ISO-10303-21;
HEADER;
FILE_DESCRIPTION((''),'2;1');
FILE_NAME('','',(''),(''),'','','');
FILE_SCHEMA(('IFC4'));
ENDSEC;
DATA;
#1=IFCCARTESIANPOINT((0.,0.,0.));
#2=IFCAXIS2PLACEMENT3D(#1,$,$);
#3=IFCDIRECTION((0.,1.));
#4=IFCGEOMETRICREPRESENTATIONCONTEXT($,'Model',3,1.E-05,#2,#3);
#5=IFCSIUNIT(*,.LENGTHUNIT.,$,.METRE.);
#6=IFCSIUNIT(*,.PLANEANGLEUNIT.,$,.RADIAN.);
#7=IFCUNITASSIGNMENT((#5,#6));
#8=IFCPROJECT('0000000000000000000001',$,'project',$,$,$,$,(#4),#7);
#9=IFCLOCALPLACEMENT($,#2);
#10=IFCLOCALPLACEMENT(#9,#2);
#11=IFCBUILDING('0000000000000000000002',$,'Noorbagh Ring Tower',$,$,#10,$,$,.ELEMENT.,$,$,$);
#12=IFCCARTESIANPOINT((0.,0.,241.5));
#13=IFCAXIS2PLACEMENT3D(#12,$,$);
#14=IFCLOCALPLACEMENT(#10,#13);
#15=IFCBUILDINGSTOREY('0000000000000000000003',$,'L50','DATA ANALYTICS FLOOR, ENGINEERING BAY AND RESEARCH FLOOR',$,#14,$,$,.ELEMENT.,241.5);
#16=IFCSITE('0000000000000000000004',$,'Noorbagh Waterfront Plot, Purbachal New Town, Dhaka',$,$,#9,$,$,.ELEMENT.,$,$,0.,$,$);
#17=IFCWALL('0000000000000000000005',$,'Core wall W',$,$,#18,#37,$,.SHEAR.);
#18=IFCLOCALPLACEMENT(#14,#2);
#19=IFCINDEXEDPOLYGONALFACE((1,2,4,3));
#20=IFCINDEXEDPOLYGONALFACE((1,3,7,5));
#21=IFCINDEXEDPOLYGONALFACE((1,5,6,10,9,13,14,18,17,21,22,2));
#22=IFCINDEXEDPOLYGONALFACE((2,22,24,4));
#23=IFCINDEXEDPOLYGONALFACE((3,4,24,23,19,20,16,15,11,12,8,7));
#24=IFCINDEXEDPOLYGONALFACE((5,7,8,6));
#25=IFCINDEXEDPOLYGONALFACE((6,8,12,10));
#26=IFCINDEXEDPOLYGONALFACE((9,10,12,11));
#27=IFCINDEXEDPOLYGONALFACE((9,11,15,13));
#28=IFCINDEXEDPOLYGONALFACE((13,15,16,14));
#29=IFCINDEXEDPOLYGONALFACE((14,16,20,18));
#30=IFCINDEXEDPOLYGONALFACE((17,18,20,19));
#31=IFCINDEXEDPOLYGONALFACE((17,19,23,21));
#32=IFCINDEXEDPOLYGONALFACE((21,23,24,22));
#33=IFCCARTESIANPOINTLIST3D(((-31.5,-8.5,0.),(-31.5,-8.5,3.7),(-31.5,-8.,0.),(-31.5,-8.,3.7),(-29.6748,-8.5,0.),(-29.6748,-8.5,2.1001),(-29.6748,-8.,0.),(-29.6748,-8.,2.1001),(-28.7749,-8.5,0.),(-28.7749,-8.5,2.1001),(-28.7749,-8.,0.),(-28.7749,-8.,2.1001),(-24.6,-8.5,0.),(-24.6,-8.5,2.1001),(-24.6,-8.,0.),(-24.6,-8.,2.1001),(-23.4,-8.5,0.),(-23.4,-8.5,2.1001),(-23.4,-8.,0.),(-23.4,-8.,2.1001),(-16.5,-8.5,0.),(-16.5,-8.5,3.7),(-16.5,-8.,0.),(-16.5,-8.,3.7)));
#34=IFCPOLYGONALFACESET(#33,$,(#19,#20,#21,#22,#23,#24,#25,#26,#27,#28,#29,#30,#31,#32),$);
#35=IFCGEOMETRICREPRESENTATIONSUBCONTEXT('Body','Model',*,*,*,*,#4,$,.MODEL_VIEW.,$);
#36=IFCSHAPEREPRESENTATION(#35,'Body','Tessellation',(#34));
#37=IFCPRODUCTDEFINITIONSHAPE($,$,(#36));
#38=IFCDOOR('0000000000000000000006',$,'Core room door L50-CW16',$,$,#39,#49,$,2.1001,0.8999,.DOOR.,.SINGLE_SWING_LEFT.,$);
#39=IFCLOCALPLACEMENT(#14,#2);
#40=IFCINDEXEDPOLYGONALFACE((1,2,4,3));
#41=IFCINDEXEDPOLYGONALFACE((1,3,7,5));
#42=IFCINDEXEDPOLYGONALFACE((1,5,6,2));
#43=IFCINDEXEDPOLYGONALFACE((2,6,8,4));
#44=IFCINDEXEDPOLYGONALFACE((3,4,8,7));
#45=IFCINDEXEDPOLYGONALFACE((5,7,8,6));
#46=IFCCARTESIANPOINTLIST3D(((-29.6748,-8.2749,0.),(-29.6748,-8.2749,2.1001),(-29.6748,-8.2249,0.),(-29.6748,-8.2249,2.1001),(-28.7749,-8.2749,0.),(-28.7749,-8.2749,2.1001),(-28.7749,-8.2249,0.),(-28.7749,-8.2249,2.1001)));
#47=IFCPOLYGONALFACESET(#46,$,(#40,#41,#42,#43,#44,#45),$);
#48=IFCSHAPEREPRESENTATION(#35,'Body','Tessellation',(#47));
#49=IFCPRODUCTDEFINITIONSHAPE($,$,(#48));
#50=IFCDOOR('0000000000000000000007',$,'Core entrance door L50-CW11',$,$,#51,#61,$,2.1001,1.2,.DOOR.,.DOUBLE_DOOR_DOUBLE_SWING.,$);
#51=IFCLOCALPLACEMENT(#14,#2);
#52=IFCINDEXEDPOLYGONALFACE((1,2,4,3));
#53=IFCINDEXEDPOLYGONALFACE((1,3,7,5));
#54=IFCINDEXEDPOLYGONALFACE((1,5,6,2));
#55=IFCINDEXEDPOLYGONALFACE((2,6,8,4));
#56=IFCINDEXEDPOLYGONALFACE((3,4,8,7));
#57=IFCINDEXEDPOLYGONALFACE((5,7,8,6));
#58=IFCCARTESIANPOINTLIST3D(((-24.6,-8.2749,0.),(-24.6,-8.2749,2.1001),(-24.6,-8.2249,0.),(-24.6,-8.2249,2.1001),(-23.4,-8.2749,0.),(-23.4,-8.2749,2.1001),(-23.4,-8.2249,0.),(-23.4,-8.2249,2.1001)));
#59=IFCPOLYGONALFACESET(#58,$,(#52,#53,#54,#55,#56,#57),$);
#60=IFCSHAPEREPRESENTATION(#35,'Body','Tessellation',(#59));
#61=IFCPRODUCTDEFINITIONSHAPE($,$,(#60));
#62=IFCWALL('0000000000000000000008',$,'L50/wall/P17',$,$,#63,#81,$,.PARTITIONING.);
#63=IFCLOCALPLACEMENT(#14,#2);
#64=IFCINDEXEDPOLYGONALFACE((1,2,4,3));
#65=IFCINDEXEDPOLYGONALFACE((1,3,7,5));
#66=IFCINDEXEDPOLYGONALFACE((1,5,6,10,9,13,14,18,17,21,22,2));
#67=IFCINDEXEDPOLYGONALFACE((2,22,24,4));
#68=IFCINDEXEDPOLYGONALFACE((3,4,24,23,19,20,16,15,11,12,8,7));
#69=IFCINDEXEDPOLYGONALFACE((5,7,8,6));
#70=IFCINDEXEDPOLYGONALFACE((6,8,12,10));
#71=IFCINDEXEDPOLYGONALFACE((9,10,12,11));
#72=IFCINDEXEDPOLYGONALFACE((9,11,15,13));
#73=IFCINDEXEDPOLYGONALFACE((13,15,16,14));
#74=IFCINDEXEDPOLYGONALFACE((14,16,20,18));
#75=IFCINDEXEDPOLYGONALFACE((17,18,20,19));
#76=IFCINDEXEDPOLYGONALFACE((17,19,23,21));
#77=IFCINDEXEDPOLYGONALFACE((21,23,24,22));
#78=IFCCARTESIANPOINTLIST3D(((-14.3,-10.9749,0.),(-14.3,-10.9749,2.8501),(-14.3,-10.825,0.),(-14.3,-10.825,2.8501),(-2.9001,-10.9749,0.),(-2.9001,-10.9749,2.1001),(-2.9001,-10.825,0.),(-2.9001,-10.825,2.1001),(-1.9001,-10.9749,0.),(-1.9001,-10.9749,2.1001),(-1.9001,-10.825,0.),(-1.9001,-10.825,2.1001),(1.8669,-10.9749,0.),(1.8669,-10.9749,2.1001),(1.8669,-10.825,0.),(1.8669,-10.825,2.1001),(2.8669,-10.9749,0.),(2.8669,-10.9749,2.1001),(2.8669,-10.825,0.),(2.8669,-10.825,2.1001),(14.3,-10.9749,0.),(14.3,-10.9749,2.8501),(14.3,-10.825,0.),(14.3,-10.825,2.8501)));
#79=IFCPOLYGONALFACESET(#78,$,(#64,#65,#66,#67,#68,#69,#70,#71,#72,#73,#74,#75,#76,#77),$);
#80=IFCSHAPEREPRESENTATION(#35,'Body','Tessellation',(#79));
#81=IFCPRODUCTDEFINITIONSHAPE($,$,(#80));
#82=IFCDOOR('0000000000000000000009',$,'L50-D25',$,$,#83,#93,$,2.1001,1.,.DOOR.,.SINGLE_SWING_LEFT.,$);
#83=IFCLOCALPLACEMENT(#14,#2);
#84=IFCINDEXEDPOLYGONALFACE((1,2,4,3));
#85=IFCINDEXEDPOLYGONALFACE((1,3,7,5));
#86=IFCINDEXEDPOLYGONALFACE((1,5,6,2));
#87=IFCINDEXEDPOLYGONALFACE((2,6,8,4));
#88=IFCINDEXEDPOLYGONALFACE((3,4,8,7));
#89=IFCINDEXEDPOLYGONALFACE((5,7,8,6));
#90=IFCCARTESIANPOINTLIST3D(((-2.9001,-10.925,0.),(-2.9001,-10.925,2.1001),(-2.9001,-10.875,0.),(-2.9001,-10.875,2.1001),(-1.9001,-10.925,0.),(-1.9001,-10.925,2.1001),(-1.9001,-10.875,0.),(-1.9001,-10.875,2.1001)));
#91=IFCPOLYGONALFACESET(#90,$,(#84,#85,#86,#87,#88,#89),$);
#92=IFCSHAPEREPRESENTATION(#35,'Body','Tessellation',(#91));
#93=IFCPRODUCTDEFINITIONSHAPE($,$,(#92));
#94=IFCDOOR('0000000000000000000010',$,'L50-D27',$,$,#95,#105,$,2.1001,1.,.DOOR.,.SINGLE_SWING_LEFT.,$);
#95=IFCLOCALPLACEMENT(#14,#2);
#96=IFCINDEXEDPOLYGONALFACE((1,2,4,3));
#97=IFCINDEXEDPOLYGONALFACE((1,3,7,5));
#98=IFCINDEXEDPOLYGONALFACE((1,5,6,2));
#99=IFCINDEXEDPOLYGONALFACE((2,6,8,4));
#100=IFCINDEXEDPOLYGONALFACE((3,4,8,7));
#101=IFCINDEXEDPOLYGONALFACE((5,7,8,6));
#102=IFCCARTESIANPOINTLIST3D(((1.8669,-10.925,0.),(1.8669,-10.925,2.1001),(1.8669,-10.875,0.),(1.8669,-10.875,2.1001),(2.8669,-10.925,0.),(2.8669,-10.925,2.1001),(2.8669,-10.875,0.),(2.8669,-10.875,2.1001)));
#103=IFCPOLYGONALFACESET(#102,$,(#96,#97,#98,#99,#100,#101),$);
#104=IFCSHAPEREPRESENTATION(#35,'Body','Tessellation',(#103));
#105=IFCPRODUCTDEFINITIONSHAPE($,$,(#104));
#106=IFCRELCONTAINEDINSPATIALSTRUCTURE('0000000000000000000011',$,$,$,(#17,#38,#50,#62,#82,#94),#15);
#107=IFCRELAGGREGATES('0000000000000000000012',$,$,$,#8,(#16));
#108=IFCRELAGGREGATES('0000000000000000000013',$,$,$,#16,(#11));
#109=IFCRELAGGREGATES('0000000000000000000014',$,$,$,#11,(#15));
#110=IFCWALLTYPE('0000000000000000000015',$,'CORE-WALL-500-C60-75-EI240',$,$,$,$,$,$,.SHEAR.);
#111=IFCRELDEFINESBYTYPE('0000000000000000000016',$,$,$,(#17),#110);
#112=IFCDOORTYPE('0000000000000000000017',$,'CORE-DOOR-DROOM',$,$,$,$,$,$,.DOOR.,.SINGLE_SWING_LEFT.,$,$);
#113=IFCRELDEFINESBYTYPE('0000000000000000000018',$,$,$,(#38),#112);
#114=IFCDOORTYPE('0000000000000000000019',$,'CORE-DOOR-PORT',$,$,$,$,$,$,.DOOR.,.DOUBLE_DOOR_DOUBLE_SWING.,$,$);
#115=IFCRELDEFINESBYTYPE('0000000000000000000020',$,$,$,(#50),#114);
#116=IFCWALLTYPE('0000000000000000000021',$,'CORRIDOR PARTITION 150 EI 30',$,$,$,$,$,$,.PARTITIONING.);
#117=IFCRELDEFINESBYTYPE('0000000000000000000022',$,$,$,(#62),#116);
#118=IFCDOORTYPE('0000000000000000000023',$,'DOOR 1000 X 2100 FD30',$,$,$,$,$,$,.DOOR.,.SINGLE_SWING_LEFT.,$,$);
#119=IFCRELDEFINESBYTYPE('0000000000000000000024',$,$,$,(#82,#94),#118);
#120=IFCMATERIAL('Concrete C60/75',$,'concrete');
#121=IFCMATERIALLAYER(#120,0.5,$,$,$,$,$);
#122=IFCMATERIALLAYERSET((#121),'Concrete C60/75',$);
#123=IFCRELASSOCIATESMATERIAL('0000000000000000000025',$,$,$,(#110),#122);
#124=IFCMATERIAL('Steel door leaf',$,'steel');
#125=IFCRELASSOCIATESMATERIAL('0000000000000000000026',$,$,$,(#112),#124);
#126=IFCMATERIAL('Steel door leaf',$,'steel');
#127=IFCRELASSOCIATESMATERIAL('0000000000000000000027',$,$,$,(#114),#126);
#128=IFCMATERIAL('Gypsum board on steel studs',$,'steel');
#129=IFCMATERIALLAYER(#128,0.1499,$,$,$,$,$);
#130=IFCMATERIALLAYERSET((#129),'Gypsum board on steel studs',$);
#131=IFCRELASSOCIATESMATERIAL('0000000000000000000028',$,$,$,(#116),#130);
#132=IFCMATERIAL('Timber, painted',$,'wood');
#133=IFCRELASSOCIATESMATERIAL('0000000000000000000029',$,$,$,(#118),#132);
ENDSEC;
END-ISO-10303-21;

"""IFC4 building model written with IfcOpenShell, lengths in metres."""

from ifc_helpers import new_model, si_unit, direction, frame, frame_2d, origin, place, context, subcontext, project, spatial, rectangle, extrude, material, layer, layer_set, type_object, element, fill, save


model = new_model("IFC4")

# Units and contexts
model_context = context("Model", 3, precision=1e-05, world=origin(), true_north=direction((0.0, 1.0)))
body_context = subcontext(model_context, "Body", "Model", "MODEL_VIEW")
ifc_project = project(units=[si_unit("LENGTHUNIT", "METRE"), si_unit("PLANEANGLEUNIT", "RADIAN")], contexts=[model_context])

# Site, building, storey
site_placement = place(None, origin())
site = spatial("IfcSite", under=ifc_project, at=site_placement, Name="Noorbagh Waterfront Plot, Purbachal New Town, Dhaka", CompositionType="ELEMENT", RefElevation=0.0)
building_placement = place(site_placement, origin())
building = spatial("IfcBuilding", under=site, at=building_placement, Name="Noorbagh Ring Tower", CompositionType="ELEMENT")
storey_placement = place(building_placement, frame((0.0, 0.0, 241.5)))
storey = spatial("IfcBuildingStorey", under=building, at=storey_placement, Name="L50", Description="DATA ANALYTICS FLOOR, ENGINEERING BAY AND RESEARCH FLOOR", CompositionType="ELEMENT", Elevation=241.5)

# Walls, openings, doors
ifc_material_1 = material(Name="Concrete C60/75", Category="concrete")
ifc_layer_1 = layer(ifc_material_1, 0.5)
ifc_layer_set_1 = layer_set([ifc_layer_1], Name="Concrete C60/75")
wall_type_1 = type_object("IfcWallType", Name="CORE-WALL-500-C60-75-EI240", PredefinedType="SHEAR", material=ifc_layer_set_1)
wall_1_placement = place(storey_placement, frame((-16.5, -8.25, 0.0), z_axis=(0.0, 0.0, 1.0), x_axis=(-1.0, 0.0, 0.0)))
wall_1 = element("IfcWall", 1, at=wall_1_placement, inside=storey, type_object=wall_type_1, Name="Core wall W", PredefinedType="SHEAR", context=body_context, shape_type="SweptSolid", body=[
    extrude(rectangle(XDim=15.0, YDim=0.5, at=frame_2d((7.5, 0.0))), origin(), (0.0, 0.0, 1.0), 3.7),
])
opening_1_placement = place(wall_1_placement, frame((6.8999, 0.0, 0.0)))
opening_1 = element("IfcOpeningElement", 2, at=opening_1_placement, cuts=wall_1, PredefinedType="OPENING", context=body_context, shape_type="SweptSolid", body=[
    extrude(rectangle(XDim=1.2, YDim=2.1001, at=frame_2d((0.6001, 1.05))), frame((0.0, 0.26, 0.0), z_axis=(0.0, -1.0, 0.0), x_axis=(1.0, 0.0, 0.0)), (0.0, 0.0, 1.0), 0.52),
])
opening_2_placement = place(wall_1_placement, frame((12.2749, 0.0, 0.0)))
opening_2 = element("IfcOpeningElement", 3, at=opening_2_placement, cuts=wall_1, PredefinedType="OPENING", context=body_context, shape_type="SweptSolid", body=[
    extrude(rectangle(XDim=0.8999, YDim=2.1001, at=frame_2d((0.45, 1.05))), frame((0.0, 0.26, 0.0), z_axis=(0.0, -1.0, 0.0), x_axis=(1.0, 0.0, 0.0)), (0.0, 0.0, 1.0), 0.52),
])
ifc_material_2 = material(Name="Steel door leaf", Category="steel")
door_type_1 = type_object("IfcDoorType", Name="CORE-DOOR-DROOM", OperationType="SINGLE_SWING_LEFT", PredefinedType="DOOR", material=ifc_material_2)
door_1_placement = place(opening_2_placement, origin())
door_1 = element("IfcDoor", 4, at=door_1_placement, inside=storey, type_object=door_type_1, Name="Core room door L50-CW16", OperationType="SINGLE_SWING_LEFT", OverallHeight=2.1001, OverallWidth=0.8999, PredefinedType="DOOR", context=body_context, shape_type="SweptSolid", body=[
    extrude(rectangle(XDim=0.8999, YDim=2.1001, at=frame_2d((0.45, 1.05))), frame((0.0, 0.0249, 0.0), z_axis=(0.0, -1.0, 0.0), x_axis=(1.0, 0.0, 0.0)), (0.0, 0.0, 1.0), 0.05),
])
fill(opening_2, door_1)
ifc_material_3 = material(Name="Steel door leaf", Category="steel")
door_type_2 = type_object("IfcDoorType", Name="CORE-DOOR-PORT", OperationType="DOUBLE_DOOR_DOUBLE_SWING", PredefinedType="DOOR", material=ifc_material_3)
door_2_placement = place(opening_1_placement, origin())
door_2 = element("IfcDoor", 5, at=door_2_placement, inside=storey, type_object=door_type_2, Name="Core entrance door L50-CW11", OperationType="DOUBLE_DOOR_DOUBLE_SWING", OverallHeight=2.1001, OverallWidth=1.2, PredefinedType="DOOR", context=body_context, shape_type="SweptSolid", body=[
    extrude(rectangle(XDim=1.2, YDim=2.1001, at=frame_2d((0.6001, 1.05))), frame((0.0, 0.0249, 0.0), z_axis=(0.0, -1.0, 0.0), x_axis=(1.0, 0.0, 0.0)), (0.0, 0.0, 1.0), 0.05),
])
fill(opening_1, door_2)
ifc_material_4 = material(Name="Gypsum board on steel studs", Category="steel")
ifc_layer_2 = layer(ifc_material_4, 0.1499)
ifc_layer_set_2 = layer_set([ifc_layer_2], Name="Gypsum board on steel studs")
wall_type_2 = type_object("IfcWallType", Name="CORRIDOR PARTITION 150 EI 30", PredefinedType="PARTITIONING", material=ifc_layer_set_2)
wall_2_placement = place(storey_placement, frame((-14.3, -10.8999, 0.0), z_axis=(0.0, 0.0, 1.0), x_axis=(1.0, 0.0, 0.0)))
wall_2 = element("IfcWall", 6, at=wall_2_placement, inside=storey, type_object=wall_type_2, Name="L50/wall/P17", PredefinedType="PARTITIONING", context=body_context, shape_type="SweptSolid", body=[
    extrude(rectangle(XDim=28.6001, YDim=0.1499, at=frame_2d((14.3, 0.0))), origin(), (0.0, 0.0, 1.0), 2.8501),
])
opening_3_placement = place(wall_2_placement, frame((11.3999, 0.0, 0.0)))
opening_3 = element("IfcOpeningElement", 7, at=opening_3_placement, cuts=wall_2, PredefinedType="OPENING", context=body_context, shape_type="SweptSolid", body=[
    extrude(rectangle(XDim=1.0, YDim=2.1001, at=frame_2d((0.5, 1.05))), frame((0.0, 0.085, 0.0), z_axis=(0.0, -1.0, 0.0), x_axis=(1.0, 0.0, 0.0)), (0.0, 0.0, 1.0), 0.1699),
])
opening_4_placement = place(wall_2_placement, frame((16.167, 0.0, 0.0)))
opening_4 = element("IfcOpeningElement", 8, at=opening_4_placement, cuts=wall_2, PredefinedType="OPENING", context=body_context, shape_type="SweptSolid", body=[
    extrude(rectangle(XDim=1.0, YDim=2.1001, at=frame_2d((0.5, 1.05))), frame((0.0, 0.085, 0.0), z_axis=(0.0, -1.0, 0.0), x_axis=(1.0, 0.0, 0.0)), (0.0, 0.0, 1.0), 0.1699),
])
ifc_material_5 = material(Name="Timber, painted", Category="wood")
door_type_3 = type_object("IfcDoorType", Name="DOOR 1000 X 2100 FD30", OperationType="SINGLE_SWING_LEFT", PredefinedType="DOOR", material=ifc_material_5)
door_3_placement = place(opening_3_placement, origin())
door_3 = element("IfcDoor", 9, at=door_3_placement, inside=storey, type_object=door_type_3, Name="L50-D25", OperationType="SINGLE_SWING_LEFT", OverallHeight=2.1001, OverallWidth=1.0, PredefinedType="DOOR", context=body_context, shape_type="SweptSolid", body=[
    extrude(rectangle(XDim=1.0, YDim=2.1001, at=frame_2d((0.5, 1.05))), frame((0.0, 0.0249, 0.0), z_axis=(0.0, -1.0, 0.0), x_axis=(1.0, 0.0, 0.0)), (0.0, 0.0, 1.0), 0.05),
])
fill(opening_3, door_3)
door_4_placement = place(opening_4_placement, origin())
door_4 = element("IfcDoor", 10, at=door_4_placement, inside=storey, type_object=door_type_3, Name="L50-D27", OperationType="SINGLE_SWING_LEFT", OverallHeight=2.1001, OverallWidth=1.0, PredefinedType="DOOR", context=body_context, shape_type="SweptSolid", body=[
    extrude(rectangle(XDim=1.0, YDim=2.1001, at=frame_2d((0.5, 1.05))), frame((0.0, 0.0249, 0.0), z_axis=(0.0, -1.0, 0.0), x_axis=(1.0, 0.0, 0.0)), (0.0, 0.0, 1.0), 0.05),
])
fill(opening_4, door_4)

save(model, "model.ifc")
